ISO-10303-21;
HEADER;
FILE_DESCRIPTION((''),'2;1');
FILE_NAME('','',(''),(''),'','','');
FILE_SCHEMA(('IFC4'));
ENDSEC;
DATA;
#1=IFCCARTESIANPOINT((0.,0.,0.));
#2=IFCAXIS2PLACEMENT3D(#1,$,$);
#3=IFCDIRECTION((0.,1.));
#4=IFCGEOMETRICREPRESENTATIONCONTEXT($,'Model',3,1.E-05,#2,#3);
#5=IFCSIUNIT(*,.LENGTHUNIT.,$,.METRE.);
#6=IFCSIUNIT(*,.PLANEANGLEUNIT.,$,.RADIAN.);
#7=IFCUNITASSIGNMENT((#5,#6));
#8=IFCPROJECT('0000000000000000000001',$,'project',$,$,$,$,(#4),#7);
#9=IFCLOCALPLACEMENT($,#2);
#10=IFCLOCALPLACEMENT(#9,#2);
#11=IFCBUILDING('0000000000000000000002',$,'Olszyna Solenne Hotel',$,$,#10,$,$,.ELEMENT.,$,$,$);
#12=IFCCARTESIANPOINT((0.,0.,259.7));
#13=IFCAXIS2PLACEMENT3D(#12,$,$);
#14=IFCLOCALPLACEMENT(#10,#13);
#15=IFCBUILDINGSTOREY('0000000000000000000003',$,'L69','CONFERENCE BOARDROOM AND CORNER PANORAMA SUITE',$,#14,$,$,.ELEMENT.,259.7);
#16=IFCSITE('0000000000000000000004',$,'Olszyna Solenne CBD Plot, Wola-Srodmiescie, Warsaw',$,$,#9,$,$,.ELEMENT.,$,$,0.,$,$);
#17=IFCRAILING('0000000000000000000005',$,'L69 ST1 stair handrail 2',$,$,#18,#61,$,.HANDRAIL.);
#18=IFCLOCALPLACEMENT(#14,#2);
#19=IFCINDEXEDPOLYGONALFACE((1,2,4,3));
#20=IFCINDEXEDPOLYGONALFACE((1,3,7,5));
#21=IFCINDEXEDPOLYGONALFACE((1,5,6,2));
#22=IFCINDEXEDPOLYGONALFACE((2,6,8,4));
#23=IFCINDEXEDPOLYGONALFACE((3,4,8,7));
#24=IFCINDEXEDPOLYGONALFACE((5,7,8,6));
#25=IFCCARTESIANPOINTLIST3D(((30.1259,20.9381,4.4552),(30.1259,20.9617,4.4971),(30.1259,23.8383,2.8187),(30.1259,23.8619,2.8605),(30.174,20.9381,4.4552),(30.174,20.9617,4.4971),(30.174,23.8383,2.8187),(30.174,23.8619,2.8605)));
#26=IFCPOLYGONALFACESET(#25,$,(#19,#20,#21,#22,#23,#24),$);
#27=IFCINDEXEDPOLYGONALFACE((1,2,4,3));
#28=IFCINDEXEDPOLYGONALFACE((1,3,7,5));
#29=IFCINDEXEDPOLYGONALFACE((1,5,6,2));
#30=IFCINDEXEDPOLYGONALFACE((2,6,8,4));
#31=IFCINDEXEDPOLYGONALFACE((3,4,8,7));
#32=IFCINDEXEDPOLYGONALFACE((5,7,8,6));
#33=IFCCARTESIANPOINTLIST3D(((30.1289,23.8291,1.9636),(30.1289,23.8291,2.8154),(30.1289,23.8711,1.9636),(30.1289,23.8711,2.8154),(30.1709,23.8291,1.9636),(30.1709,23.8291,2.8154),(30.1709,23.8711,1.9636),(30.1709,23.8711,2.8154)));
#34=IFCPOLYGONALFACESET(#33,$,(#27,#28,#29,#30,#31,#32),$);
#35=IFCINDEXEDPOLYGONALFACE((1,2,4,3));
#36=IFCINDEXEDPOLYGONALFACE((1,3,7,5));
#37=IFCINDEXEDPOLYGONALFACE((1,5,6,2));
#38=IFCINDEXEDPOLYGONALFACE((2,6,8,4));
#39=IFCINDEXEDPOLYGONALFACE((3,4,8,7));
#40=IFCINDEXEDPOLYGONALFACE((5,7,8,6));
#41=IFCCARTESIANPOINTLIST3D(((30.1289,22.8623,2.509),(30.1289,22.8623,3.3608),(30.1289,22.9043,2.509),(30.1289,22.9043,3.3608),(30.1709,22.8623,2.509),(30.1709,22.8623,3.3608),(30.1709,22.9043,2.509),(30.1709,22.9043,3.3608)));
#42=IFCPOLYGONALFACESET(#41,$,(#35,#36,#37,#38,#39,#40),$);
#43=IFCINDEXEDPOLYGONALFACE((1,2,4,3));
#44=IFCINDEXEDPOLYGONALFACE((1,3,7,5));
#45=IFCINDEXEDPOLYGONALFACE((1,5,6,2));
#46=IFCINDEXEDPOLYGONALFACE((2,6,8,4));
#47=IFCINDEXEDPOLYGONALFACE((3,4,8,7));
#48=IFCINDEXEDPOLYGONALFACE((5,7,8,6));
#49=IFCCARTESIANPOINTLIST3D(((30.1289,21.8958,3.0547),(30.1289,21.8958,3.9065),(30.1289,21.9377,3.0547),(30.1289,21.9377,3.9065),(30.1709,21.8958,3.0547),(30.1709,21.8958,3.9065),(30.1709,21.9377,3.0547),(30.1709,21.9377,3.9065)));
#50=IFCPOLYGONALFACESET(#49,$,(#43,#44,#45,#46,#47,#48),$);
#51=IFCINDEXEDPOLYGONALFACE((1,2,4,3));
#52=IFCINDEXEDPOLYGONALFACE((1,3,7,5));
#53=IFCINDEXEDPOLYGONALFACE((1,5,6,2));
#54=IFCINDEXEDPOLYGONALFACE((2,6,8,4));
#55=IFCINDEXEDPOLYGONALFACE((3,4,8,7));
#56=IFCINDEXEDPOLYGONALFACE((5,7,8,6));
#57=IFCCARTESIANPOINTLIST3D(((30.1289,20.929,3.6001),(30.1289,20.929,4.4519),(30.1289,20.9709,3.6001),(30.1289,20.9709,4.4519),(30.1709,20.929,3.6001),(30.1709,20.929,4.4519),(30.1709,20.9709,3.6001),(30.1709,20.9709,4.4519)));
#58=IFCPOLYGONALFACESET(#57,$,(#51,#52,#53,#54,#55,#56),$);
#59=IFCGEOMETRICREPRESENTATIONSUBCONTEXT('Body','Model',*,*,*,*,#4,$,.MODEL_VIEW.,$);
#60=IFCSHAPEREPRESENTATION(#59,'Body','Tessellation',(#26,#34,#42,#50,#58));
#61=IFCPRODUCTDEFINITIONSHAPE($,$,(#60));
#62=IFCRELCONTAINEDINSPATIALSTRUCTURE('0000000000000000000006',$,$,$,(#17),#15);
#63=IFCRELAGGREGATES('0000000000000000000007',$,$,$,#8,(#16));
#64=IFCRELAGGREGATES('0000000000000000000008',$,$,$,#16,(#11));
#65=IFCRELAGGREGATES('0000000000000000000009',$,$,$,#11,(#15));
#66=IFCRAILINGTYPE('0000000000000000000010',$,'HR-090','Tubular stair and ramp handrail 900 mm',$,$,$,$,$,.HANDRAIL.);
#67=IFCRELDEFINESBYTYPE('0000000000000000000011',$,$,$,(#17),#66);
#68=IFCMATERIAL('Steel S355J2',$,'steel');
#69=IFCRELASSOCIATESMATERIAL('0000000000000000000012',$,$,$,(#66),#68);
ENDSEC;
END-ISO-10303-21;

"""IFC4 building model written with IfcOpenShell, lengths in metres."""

from ifc_helpers import new_model, si_unit, direction, frame, origin, origin_2d, place, context, subcontext, project, spatial, rectangle, extrude, material, type_object, element, save


model = new_model("IFC4")

# Units and contexts
model_context = context("Model", 3, precision=1e-05, world=origin(), true_north=direction((0.0, 1.0)))
body_context = subcontext(model_context, "Body", "Model", "MODEL_VIEW")
ifc_project = project(units=[si_unit("LENGTHUNIT", "METRE"), si_unit("PLANEANGLEUNIT", "RADIAN")], contexts=[model_context])

# Site, building, storey
site_placement = place(None, origin())
site = spatial("IfcSite", under=ifc_project, at=site_placement, Name="Olszyna Solenne CBD Plot, Wola-Srodmiescie, Warsaw", CompositionType="ELEMENT", RefElevation=0.0)
building_placement = place(site_placement, origin())
building = spatial("IfcBuilding", under=site, at=building_placement, Name="Olszyna Solenne Hotel", CompositionType="ELEMENT")
storey_placement = place(building_placement, frame((0.0, 0.0, 259.7)))
storey = spatial("IfcBuildingStorey", under=building, at=storey_placement, Name="L69", Description="CONFERENCE BOARDROOM AND CORNER PANORAMA SUITE", CompositionType="ELEMENT", Elevation=259.7)

# Shared definitions
ifc_material_1 = material(Name="Steel S355J2", Category="steel")

# Railing
railing_type_1 = type_object("IfcRailingType", Name="HR-090", Description="Tubular stair and ramp handrail 900 mm", PredefinedType="HANDRAIL", material=ifc_material_1)
railing_1_placement = place(storey_placement, frame((30.1499, 23.8501, 1.9636)))
element("IfcRailing", 1, at=railing_1_placement, inside=storey, type_object=railing_type_1, Name="L69 ST1 stair handrail 2", PredefinedType="HANDRAIL", context=body_context, shape_type="SweptSolid", body=[
    extrude(rectangle(XDim=0.0481, YDim=0.0481, at=origin_2d()), frame((0.0, 0.0, 0.876), z_axis=(0.0, -0.870915, 0.491434), x_axis=(1.0, 0.0, 0.0)), (0.0, 0.0, 1.0), 3.3301),
    extrude(rectangle(XDim=0.042, YDim=0.042, at=origin_2d()), origin(), (0.0, 0.0, 1.0), 0.8518),
    extrude(rectangle(XDim=0.042, YDim=0.042, at=origin_2d()), frame((0.0, -0.9668, 0.5454)), (0.0, 0.0, 1.0), 0.8518),
    extrude(rectangle(XDim=0.042, YDim=0.042, at=origin_2d()), frame((0.0, -1.9333, 1.0911)), (0.0, 0.0, 1.0), 0.8518),
    extrude(rectangle(XDim=0.042, YDim=0.042, at=origin_2d()), frame((0.0, -2.9001, 1.6365)), (0.0, 0.0, 1.0), 0.8518),
])

save(model, "model.ifc")
